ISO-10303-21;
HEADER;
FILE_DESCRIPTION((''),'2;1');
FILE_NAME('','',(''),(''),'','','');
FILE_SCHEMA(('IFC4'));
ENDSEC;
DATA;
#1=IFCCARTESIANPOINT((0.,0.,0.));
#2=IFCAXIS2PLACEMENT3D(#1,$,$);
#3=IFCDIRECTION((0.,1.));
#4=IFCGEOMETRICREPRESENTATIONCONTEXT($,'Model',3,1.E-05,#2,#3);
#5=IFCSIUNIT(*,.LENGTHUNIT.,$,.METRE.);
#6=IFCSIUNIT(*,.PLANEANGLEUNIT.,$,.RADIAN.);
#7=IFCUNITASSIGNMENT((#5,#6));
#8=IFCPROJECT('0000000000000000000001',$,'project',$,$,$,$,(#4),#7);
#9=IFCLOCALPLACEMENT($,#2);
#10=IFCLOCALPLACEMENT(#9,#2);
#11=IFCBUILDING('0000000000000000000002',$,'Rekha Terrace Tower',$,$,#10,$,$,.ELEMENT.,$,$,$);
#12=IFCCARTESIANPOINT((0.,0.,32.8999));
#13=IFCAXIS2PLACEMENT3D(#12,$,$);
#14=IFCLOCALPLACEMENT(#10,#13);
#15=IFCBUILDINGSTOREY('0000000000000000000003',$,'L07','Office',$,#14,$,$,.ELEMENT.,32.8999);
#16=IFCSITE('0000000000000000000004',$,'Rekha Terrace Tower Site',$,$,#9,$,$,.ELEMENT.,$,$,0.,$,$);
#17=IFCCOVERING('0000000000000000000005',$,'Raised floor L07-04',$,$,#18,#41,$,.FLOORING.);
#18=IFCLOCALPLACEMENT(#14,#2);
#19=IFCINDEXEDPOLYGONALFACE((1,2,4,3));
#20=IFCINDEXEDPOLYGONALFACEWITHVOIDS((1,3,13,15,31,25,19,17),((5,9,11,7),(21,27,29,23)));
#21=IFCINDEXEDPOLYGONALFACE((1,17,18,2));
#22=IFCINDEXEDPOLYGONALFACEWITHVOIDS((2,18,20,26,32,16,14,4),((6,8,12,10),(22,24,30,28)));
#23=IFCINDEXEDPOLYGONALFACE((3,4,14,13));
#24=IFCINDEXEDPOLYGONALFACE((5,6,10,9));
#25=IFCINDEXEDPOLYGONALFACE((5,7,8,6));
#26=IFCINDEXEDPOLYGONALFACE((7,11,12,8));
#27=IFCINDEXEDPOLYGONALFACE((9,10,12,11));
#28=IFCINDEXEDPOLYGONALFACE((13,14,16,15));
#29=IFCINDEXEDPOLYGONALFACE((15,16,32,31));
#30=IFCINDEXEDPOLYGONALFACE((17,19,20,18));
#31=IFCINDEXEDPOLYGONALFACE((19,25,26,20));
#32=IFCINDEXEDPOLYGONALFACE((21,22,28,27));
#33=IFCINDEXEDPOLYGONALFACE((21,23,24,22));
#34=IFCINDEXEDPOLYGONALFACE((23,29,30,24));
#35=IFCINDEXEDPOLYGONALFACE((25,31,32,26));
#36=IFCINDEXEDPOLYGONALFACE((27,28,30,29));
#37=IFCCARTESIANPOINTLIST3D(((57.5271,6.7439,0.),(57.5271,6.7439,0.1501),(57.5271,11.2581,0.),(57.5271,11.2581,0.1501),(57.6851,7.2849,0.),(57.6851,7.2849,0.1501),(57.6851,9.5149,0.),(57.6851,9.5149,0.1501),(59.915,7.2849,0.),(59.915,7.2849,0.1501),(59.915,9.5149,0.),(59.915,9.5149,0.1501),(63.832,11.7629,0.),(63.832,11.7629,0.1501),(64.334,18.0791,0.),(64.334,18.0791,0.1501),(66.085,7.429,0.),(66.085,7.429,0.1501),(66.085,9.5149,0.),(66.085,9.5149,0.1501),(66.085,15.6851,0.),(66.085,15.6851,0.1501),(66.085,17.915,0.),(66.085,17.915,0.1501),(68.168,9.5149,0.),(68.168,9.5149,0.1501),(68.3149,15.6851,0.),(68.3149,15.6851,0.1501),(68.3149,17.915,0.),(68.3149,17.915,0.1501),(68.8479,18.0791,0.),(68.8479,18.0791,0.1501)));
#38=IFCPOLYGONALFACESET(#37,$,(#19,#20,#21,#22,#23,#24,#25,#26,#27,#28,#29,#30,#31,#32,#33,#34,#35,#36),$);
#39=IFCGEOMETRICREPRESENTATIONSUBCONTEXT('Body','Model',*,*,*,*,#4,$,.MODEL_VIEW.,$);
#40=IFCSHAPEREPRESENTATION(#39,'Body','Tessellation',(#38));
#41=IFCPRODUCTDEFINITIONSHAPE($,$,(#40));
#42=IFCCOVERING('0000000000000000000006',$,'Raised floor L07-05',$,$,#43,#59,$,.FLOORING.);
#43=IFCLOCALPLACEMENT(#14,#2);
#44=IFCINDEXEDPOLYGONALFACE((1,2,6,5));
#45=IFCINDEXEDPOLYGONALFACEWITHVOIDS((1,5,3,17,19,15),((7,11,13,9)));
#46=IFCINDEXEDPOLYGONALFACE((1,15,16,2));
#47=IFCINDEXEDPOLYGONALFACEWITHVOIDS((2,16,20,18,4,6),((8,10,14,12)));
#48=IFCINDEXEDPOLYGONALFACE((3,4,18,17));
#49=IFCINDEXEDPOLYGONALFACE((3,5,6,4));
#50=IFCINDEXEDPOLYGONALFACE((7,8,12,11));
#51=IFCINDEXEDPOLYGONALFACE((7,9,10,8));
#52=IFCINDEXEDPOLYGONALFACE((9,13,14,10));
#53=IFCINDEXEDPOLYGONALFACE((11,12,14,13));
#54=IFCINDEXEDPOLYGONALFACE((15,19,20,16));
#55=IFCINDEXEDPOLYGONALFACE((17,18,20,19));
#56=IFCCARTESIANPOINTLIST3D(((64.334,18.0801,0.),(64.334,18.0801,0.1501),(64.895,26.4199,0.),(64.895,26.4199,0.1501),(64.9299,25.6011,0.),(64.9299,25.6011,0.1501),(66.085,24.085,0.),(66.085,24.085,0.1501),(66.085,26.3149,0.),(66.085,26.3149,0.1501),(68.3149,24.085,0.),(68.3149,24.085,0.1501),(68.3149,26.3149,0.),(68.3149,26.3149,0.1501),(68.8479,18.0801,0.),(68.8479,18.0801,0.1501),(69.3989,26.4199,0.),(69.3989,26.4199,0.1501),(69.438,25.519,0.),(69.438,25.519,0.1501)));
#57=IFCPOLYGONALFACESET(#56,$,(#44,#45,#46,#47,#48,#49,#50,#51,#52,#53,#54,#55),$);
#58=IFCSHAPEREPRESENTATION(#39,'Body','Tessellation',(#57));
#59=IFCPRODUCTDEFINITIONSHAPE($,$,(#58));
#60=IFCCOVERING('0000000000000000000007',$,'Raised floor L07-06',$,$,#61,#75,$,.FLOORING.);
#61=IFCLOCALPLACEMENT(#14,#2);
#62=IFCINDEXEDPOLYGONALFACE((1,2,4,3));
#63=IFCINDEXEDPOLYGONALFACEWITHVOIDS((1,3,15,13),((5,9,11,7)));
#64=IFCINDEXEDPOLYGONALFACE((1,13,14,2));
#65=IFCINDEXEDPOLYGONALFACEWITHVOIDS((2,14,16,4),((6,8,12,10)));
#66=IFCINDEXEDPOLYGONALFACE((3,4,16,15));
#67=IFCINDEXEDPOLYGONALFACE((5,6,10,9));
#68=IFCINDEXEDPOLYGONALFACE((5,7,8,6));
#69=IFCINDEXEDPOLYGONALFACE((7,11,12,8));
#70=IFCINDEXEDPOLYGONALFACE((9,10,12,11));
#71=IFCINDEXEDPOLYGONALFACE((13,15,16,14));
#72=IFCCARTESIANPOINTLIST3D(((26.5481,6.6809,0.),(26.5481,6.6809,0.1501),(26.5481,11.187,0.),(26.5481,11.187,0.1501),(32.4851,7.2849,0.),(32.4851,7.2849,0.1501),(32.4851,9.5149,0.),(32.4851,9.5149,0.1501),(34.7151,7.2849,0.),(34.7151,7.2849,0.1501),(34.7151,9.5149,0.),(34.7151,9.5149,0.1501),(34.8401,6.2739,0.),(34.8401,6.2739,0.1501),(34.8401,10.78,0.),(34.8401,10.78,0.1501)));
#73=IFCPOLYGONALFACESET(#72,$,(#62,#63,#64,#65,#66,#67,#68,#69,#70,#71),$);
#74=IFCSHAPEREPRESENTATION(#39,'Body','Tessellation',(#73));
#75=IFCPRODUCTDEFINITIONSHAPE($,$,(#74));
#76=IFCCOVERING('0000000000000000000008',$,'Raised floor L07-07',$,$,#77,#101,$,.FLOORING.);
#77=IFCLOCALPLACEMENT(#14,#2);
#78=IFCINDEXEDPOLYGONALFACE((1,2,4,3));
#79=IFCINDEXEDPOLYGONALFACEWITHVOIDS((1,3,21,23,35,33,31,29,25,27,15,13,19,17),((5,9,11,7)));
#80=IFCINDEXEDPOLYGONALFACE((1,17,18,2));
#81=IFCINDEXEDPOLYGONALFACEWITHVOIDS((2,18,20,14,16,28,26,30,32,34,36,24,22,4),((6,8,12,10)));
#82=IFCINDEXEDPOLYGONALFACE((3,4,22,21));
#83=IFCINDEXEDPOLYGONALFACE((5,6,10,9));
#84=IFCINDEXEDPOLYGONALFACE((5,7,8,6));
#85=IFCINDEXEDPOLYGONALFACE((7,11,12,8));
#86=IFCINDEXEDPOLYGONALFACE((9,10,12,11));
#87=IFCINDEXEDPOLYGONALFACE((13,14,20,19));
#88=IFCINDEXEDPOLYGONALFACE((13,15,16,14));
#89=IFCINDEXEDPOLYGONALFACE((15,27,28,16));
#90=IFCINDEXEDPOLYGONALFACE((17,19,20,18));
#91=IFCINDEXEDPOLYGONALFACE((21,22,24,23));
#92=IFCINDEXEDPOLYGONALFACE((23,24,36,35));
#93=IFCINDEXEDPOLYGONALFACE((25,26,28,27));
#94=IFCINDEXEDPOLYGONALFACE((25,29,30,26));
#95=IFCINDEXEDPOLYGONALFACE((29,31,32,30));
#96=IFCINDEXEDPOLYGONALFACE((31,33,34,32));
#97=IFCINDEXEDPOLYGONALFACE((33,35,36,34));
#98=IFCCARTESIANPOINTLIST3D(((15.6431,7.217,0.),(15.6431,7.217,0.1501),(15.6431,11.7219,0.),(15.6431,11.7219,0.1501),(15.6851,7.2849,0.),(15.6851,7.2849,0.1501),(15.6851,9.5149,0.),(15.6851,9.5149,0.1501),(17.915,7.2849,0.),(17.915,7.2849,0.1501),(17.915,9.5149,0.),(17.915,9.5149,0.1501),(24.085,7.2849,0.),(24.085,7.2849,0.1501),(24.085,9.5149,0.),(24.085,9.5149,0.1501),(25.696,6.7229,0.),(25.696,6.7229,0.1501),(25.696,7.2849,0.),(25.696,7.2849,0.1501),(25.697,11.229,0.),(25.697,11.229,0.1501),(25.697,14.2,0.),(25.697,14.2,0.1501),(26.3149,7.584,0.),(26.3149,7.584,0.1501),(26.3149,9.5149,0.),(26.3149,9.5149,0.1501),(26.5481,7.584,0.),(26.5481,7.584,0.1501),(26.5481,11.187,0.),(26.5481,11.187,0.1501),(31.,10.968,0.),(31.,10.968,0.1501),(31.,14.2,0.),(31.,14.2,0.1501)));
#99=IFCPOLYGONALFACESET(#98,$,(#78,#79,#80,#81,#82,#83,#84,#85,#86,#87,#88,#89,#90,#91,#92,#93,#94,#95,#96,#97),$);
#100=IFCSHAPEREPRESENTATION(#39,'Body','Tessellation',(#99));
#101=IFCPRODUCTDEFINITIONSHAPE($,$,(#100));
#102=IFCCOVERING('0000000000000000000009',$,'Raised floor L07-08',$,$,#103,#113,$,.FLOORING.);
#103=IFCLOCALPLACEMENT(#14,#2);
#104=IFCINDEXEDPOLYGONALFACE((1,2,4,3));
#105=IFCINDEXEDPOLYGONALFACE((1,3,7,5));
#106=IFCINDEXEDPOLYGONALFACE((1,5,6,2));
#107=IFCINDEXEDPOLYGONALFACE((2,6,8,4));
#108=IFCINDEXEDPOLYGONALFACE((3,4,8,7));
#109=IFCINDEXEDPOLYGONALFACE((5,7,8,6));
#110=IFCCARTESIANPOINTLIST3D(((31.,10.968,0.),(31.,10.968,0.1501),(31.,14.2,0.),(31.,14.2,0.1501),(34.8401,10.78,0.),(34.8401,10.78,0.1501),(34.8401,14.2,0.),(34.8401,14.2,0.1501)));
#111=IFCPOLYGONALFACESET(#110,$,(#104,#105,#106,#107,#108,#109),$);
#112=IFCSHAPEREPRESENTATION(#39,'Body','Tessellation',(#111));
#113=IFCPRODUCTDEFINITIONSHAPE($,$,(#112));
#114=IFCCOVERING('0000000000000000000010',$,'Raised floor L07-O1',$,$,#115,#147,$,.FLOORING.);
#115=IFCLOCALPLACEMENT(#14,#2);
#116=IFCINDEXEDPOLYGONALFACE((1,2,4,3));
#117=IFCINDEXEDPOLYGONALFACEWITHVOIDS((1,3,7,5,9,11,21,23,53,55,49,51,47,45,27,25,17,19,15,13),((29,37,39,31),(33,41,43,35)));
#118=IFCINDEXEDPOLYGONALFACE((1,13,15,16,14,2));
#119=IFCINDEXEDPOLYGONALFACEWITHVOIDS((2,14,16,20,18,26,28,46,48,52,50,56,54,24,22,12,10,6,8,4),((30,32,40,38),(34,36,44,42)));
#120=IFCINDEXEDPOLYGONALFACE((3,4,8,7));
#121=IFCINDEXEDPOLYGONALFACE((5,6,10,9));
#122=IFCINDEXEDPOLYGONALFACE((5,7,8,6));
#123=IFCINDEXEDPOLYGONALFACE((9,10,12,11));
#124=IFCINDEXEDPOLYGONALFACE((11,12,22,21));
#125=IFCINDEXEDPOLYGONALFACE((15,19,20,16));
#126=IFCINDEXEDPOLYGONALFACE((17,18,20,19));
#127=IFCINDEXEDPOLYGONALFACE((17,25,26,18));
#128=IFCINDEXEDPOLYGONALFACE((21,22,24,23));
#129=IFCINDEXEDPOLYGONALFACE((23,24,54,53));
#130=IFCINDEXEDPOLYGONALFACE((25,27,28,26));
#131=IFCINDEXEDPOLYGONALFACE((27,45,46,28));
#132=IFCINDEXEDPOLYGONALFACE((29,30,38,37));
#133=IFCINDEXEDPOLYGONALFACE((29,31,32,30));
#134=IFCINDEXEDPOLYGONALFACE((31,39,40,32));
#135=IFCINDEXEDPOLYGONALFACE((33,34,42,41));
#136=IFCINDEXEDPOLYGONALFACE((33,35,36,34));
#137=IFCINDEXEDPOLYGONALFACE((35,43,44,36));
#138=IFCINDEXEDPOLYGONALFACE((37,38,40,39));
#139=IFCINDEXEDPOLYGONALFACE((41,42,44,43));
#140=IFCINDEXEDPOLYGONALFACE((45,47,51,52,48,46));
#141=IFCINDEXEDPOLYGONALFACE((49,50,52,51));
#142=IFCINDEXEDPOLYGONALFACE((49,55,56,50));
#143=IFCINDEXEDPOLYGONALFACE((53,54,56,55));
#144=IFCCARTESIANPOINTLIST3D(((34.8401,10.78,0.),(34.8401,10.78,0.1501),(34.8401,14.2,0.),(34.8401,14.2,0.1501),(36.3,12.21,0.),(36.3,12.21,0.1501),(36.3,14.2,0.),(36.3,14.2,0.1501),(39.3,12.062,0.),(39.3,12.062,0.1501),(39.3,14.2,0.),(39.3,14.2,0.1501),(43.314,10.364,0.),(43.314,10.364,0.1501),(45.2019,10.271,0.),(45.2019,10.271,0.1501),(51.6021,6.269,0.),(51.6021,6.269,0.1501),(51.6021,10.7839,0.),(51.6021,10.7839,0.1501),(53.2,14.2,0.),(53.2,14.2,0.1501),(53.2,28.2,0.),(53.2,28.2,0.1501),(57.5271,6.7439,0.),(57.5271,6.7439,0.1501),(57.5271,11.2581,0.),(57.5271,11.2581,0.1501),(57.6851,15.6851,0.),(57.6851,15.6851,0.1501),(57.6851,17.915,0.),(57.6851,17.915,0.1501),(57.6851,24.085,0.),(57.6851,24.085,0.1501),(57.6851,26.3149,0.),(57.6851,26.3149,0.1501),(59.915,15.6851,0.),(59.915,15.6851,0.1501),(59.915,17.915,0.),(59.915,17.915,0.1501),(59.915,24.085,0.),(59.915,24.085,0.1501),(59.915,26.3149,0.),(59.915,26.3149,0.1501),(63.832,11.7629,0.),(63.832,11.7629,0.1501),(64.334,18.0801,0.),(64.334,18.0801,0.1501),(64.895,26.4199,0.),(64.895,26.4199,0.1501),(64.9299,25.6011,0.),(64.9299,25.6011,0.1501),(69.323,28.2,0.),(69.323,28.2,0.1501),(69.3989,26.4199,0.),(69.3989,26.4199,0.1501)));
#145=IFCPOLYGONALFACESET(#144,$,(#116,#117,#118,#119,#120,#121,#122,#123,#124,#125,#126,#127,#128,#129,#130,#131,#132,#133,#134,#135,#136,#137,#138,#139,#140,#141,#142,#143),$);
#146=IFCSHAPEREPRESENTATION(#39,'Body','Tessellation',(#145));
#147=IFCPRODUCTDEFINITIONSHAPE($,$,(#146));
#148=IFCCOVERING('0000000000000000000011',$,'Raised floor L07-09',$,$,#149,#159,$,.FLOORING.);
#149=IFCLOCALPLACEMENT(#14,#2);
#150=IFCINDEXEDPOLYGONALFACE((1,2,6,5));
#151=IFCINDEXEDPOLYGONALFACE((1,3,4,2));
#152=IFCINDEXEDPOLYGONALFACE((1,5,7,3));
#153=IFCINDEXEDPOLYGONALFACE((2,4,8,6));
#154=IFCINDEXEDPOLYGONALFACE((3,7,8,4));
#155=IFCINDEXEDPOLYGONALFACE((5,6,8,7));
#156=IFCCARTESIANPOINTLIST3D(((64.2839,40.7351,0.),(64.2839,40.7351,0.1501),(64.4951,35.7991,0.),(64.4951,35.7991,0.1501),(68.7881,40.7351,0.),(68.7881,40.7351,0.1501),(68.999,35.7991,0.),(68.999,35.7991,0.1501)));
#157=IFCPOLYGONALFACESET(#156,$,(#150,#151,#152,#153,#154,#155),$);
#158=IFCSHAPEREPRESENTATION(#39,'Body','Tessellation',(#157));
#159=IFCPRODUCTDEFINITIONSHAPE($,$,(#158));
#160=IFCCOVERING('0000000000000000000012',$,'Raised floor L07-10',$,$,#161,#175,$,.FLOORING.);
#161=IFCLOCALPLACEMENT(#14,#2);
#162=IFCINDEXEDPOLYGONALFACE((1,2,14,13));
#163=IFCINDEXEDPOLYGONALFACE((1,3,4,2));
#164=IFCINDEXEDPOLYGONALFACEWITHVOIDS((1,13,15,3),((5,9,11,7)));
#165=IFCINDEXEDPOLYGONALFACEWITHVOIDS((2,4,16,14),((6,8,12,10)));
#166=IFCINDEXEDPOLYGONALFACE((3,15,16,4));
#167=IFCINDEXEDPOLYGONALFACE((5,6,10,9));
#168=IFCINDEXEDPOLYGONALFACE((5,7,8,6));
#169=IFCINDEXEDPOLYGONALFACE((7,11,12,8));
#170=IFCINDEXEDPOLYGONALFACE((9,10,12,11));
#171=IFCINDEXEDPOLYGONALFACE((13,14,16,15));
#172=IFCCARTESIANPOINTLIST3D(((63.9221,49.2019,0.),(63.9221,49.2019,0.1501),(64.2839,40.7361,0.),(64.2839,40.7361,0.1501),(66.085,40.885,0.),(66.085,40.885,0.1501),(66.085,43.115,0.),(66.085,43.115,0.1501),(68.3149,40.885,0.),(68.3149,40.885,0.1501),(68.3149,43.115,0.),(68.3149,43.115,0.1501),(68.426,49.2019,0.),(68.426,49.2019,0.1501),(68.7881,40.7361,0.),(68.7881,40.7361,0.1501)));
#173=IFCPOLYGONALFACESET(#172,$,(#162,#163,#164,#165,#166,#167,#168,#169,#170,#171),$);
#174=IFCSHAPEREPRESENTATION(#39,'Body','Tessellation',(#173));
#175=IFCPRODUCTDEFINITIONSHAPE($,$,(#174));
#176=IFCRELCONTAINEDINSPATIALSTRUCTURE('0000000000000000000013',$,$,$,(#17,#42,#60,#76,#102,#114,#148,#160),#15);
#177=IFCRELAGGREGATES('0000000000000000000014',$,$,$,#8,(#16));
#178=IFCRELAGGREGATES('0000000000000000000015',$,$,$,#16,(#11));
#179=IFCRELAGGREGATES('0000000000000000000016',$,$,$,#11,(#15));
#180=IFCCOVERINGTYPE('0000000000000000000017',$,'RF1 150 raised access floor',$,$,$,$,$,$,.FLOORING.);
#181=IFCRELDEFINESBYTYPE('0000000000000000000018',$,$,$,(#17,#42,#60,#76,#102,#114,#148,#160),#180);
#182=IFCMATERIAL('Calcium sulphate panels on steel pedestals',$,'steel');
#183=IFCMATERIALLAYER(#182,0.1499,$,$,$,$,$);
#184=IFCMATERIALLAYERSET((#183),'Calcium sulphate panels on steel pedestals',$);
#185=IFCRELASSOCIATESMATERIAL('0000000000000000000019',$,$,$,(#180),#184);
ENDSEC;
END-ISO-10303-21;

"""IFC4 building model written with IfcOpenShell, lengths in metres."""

from ifc_helpers import new_model, si_unit, direction, frame, origin, place, context, subcontext, project, spatial, polyline, outline, extrude, material, layer, layer_set, type_object, element, save


model = new_model("IFC4")

# Units and contexts
model_context = context("Model", 3, precision=1e-05, world=origin(), true_north=direction((0.0, 1.0)))
body_context = subcontext(model_context, "Body", "Model", "MODEL_VIEW")
ifc_project = project(units=[si_unit("LENGTHUNIT", "METRE"), si_unit("PLANEANGLEUNIT", "RADIAN")], contexts=[model_context])

# Site, building, storey
site_placement = place(None, origin())
site = spatial("IfcSite", under=ifc_project, at=site_placement, Name="Rekha Terrace Tower Site", CompositionType="ELEMENT", RefElevation=0.0)
building_placement = place(site_placement, origin())
building = spatial("IfcBuilding", under=site, at=building_placement, Name="Rekha Terrace Tower", CompositionType="ELEMENT")
storey_placement = place(building_placement, frame((0.0, 0.0, 32.8999)))
storey = spatial("IfcBuildingStorey", under=building, at=storey_placement, Name="L07", Description="Office", CompositionType="ELEMENT", Elevation=32.8999)

# Coverings
ifc_material_1 = material(Name="Calcium sulphate panels on steel pedestals", Category="steel")
ifc_layer_1 = layer(ifc_material_1, 0.1499)
ifc_layer_set_1 = layer_set([ifc_layer_1], Name="Calcium sulphate panels on steel pedestals")
covering_type_1 = type_object("IfcCoveringType", Name="RF1 150 raised access floor", PredefinedType="FLOORING", material=ifc_layer_set_1)
covering_1_placement = place(storey_placement, origin())
element("IfcCovering", 1, at=covering_1_placement, inside=storey, type_object=covering_type_1, Name="Raised floor L07-04", PredefinedType="FLOORING", context=body_context, shape_type="SweptSolid", body=[
    extrude(outline(polyline([(63.832, 11.7629), (57.5271, 11.2581), (57.5271, 6.7439), (66.085, 7.429), (66.085, 9.5149), (68.168, 9.5149), (68.8479, 18.0791), (64.334, 18.0791), (63.832, 11.7629)]), holes=[polyline([(68.3149, 15.6851), (66.085, 15.6851), (66.085, 17.915), (68.3149, 17.915), (68.3149, 15.6851)]), polyline([(59.915, 7.2849), (57.6851, 7.2849), (57.6851, 9.5149), (59.915, 9.5149), (59.915, 7.2849)])]), origin(), (0.0, 0.0, 1.0), 0.1501),
])
covering_2_placement = place(storey_placement, origin())
element("IfcCovering", 2, at=covering_2_placement, inside=storey, type_object=covering_type_1, Name="Raised floor L07-05", PredefinedType="FLOORING", context=body_context, shape_type="SweptSolid", body=[
    extrude(outline(polyline([(64.9299, 25.6011), (64.334, 18.0801), (68.8479, 18.0801), (69.438, 25.519), (69.3989, 26.4199), (64.895, 26.4199), (64.9299, 25.6011)]), holes=[polyline([(68.3149, 24.085), (66.085, 24.085), (66.085, 26.3149), (68.3149, 26.3149), (68.3149, 24.085)])]), origin(), (0.0, 0.0, 1.0), 0.1501),
])
covering_3_placement = place(storey_placement, origin())
element("IfcCovering", 3, at=covering_3_placement, inside=storey, type_object=covering_type_1, Name="Raised floor L07-06", PredefinedType="FLOORING", context=body_context, shape_type="SweptSolid", body=[
    extrude(outline(polyline([(34.8401, 6.2739), (34.8401, 10.78), (26.5481, 11.187), (26.5481, 6.6809), (34.8401, 6.2739)]), holes=[polyline([(34.7151, 7.2849), (32.4851, 7.2849), (32.4851, 9.5149), (34.7151, 9.5149), (34.7151, 7.2849)])]), origin(), (0.0, 0.0, 1.0), 0.1501),
])
covering_4_placement = place(storey_placement, origin())
element("IfcCovering", 4, at=covering_4_placement, inside=storey, type_object=covering_type_1, Name="Raised floor L07-07", PredefinedType="FLOORING", context=body_context, shape_type="SweptSolid", body=[
    extrude(outline(polyline([(25.697, 14.2), (25.697, 11.229), (15.6431, 11.7219), (15.6431, 7.217), (25.696, 6.7229), (25.696, 7.2849), (24.085, 7.2849), (24.085, 9.5149), (26.3149, 9.5149), (26.3149, 7.584), (26.5481, 7.584), (26.5481, 11.187), (31.0, 10.968), (31.0, 14.2), (25.697, 14.2)]), holes=[polyline([(17.915, 7.2849), (15.6851, 7.2849), (15.6851, 9.5149), (17.915, 9.5149), (17.915, 7.2849)])]), origin(), (0.0, 0.0, 1.0), 0.1501),
])
covering_5_placement = place(storey_placement, origin())
element("IfcCovering", 5, at=covering_5_placement, inside=storey, type_object=covering_type_1, Name="Raised floor L07-08", PredefinedType="FLOORING", context=body_context, shape_type="SweptSolid", body=[
    extrude(outline(polyline([(34.8401, 10.78), (34.8401, 14.2), (31.0, 14.2), (31.0, 10.968), (34.8401, 10.78)])), origin(), (0.0, 0.0, 1.0), 0.1501),
])
covering_6_placement = place(storey_placement, origin())
element("IfcCovering", 6, at=covering_6_placement, inside=storey, type_object=covering_type_1, Name="Raised floor L07-O1", PredefinedType="FLOORING", context=body_context, shape_type="SweptSolid", body=[
    extrude(outline(polyline([(34.8401, 14.2), (34.8401, 10.78), (43.314, 10.364), (45.2019, 10.271), (51.6021, 10.7839), (51.6021, 6.269), (57.5271, 6.7439), (57.5271, 11.2581), (63.832, 11.7629), (64.334, 18.0801), (64.9299, 25.6011), (64.895, 26.4199), (69.3989, 26.4199), (69.323, 28.2), (53.2, 28.2), (53.2, 14.2), (39.3, 14.2), (39.3, 12.062), (36.3, 12.21), (36.3, 14.2), (34.8401, 14.2)]), holes=[polyline([(59.915, 17.915), (59.915, 15.6851), (57.6851, 15.6851), (57.6851, 17.915), (59.915, 17.915)]), polyline([(59.915, 24.085), (57.6851, 24.085), (57.6851, 26.3149), (59.915, 26.3149), (59.915, 24.085)])]), origin(), (0.0, 0.0, 1.0), 0.1501),
])
covering_7_placement = place(storey_placement, origin())
element("IfcCovering", 7, at=covering_7_placement, inside=storey, type_object=covering_type_1, Name="Raised floor L07-09", PredefinedType="FLOORING", context=body_context, shape_type="SweptSolid", body=[
    extrude(outline(polyline([(68.7881, 40.7351), (64.2839, 40.7351), (64.4951, 35.7991), (68.999, 35.7991), (68.7881, 40.7351)])), origin(), (0.0, 0.0, 1.0), 0.1501),
])
covering_8_placement = place(storey_placement, origin())
element("IfcCovering", 8, at=covering_8_placement, inside=storey, type_object=covering_type_1, Name="Raised floor L07-10", PredefinedType="FLOORING", context=body_context, shape_type="SweptSolid", body=[
    extrude(outline(polyline([(68.426, 49.2019), (63.9221, 49.2019), (64.2839, 40.7361), (68.7881, 40.7361), (68.426, 49.2019)]), holes=[polyline([(68.3149, 40.885), (66.085, 40.885), (66.085, 43.115), (68.3149, 43.115), (68.3149, 40.885)])]), origin(), (0.0, 0.0, 1.0), 0.1501),
])

save(model, "model.ifc")
